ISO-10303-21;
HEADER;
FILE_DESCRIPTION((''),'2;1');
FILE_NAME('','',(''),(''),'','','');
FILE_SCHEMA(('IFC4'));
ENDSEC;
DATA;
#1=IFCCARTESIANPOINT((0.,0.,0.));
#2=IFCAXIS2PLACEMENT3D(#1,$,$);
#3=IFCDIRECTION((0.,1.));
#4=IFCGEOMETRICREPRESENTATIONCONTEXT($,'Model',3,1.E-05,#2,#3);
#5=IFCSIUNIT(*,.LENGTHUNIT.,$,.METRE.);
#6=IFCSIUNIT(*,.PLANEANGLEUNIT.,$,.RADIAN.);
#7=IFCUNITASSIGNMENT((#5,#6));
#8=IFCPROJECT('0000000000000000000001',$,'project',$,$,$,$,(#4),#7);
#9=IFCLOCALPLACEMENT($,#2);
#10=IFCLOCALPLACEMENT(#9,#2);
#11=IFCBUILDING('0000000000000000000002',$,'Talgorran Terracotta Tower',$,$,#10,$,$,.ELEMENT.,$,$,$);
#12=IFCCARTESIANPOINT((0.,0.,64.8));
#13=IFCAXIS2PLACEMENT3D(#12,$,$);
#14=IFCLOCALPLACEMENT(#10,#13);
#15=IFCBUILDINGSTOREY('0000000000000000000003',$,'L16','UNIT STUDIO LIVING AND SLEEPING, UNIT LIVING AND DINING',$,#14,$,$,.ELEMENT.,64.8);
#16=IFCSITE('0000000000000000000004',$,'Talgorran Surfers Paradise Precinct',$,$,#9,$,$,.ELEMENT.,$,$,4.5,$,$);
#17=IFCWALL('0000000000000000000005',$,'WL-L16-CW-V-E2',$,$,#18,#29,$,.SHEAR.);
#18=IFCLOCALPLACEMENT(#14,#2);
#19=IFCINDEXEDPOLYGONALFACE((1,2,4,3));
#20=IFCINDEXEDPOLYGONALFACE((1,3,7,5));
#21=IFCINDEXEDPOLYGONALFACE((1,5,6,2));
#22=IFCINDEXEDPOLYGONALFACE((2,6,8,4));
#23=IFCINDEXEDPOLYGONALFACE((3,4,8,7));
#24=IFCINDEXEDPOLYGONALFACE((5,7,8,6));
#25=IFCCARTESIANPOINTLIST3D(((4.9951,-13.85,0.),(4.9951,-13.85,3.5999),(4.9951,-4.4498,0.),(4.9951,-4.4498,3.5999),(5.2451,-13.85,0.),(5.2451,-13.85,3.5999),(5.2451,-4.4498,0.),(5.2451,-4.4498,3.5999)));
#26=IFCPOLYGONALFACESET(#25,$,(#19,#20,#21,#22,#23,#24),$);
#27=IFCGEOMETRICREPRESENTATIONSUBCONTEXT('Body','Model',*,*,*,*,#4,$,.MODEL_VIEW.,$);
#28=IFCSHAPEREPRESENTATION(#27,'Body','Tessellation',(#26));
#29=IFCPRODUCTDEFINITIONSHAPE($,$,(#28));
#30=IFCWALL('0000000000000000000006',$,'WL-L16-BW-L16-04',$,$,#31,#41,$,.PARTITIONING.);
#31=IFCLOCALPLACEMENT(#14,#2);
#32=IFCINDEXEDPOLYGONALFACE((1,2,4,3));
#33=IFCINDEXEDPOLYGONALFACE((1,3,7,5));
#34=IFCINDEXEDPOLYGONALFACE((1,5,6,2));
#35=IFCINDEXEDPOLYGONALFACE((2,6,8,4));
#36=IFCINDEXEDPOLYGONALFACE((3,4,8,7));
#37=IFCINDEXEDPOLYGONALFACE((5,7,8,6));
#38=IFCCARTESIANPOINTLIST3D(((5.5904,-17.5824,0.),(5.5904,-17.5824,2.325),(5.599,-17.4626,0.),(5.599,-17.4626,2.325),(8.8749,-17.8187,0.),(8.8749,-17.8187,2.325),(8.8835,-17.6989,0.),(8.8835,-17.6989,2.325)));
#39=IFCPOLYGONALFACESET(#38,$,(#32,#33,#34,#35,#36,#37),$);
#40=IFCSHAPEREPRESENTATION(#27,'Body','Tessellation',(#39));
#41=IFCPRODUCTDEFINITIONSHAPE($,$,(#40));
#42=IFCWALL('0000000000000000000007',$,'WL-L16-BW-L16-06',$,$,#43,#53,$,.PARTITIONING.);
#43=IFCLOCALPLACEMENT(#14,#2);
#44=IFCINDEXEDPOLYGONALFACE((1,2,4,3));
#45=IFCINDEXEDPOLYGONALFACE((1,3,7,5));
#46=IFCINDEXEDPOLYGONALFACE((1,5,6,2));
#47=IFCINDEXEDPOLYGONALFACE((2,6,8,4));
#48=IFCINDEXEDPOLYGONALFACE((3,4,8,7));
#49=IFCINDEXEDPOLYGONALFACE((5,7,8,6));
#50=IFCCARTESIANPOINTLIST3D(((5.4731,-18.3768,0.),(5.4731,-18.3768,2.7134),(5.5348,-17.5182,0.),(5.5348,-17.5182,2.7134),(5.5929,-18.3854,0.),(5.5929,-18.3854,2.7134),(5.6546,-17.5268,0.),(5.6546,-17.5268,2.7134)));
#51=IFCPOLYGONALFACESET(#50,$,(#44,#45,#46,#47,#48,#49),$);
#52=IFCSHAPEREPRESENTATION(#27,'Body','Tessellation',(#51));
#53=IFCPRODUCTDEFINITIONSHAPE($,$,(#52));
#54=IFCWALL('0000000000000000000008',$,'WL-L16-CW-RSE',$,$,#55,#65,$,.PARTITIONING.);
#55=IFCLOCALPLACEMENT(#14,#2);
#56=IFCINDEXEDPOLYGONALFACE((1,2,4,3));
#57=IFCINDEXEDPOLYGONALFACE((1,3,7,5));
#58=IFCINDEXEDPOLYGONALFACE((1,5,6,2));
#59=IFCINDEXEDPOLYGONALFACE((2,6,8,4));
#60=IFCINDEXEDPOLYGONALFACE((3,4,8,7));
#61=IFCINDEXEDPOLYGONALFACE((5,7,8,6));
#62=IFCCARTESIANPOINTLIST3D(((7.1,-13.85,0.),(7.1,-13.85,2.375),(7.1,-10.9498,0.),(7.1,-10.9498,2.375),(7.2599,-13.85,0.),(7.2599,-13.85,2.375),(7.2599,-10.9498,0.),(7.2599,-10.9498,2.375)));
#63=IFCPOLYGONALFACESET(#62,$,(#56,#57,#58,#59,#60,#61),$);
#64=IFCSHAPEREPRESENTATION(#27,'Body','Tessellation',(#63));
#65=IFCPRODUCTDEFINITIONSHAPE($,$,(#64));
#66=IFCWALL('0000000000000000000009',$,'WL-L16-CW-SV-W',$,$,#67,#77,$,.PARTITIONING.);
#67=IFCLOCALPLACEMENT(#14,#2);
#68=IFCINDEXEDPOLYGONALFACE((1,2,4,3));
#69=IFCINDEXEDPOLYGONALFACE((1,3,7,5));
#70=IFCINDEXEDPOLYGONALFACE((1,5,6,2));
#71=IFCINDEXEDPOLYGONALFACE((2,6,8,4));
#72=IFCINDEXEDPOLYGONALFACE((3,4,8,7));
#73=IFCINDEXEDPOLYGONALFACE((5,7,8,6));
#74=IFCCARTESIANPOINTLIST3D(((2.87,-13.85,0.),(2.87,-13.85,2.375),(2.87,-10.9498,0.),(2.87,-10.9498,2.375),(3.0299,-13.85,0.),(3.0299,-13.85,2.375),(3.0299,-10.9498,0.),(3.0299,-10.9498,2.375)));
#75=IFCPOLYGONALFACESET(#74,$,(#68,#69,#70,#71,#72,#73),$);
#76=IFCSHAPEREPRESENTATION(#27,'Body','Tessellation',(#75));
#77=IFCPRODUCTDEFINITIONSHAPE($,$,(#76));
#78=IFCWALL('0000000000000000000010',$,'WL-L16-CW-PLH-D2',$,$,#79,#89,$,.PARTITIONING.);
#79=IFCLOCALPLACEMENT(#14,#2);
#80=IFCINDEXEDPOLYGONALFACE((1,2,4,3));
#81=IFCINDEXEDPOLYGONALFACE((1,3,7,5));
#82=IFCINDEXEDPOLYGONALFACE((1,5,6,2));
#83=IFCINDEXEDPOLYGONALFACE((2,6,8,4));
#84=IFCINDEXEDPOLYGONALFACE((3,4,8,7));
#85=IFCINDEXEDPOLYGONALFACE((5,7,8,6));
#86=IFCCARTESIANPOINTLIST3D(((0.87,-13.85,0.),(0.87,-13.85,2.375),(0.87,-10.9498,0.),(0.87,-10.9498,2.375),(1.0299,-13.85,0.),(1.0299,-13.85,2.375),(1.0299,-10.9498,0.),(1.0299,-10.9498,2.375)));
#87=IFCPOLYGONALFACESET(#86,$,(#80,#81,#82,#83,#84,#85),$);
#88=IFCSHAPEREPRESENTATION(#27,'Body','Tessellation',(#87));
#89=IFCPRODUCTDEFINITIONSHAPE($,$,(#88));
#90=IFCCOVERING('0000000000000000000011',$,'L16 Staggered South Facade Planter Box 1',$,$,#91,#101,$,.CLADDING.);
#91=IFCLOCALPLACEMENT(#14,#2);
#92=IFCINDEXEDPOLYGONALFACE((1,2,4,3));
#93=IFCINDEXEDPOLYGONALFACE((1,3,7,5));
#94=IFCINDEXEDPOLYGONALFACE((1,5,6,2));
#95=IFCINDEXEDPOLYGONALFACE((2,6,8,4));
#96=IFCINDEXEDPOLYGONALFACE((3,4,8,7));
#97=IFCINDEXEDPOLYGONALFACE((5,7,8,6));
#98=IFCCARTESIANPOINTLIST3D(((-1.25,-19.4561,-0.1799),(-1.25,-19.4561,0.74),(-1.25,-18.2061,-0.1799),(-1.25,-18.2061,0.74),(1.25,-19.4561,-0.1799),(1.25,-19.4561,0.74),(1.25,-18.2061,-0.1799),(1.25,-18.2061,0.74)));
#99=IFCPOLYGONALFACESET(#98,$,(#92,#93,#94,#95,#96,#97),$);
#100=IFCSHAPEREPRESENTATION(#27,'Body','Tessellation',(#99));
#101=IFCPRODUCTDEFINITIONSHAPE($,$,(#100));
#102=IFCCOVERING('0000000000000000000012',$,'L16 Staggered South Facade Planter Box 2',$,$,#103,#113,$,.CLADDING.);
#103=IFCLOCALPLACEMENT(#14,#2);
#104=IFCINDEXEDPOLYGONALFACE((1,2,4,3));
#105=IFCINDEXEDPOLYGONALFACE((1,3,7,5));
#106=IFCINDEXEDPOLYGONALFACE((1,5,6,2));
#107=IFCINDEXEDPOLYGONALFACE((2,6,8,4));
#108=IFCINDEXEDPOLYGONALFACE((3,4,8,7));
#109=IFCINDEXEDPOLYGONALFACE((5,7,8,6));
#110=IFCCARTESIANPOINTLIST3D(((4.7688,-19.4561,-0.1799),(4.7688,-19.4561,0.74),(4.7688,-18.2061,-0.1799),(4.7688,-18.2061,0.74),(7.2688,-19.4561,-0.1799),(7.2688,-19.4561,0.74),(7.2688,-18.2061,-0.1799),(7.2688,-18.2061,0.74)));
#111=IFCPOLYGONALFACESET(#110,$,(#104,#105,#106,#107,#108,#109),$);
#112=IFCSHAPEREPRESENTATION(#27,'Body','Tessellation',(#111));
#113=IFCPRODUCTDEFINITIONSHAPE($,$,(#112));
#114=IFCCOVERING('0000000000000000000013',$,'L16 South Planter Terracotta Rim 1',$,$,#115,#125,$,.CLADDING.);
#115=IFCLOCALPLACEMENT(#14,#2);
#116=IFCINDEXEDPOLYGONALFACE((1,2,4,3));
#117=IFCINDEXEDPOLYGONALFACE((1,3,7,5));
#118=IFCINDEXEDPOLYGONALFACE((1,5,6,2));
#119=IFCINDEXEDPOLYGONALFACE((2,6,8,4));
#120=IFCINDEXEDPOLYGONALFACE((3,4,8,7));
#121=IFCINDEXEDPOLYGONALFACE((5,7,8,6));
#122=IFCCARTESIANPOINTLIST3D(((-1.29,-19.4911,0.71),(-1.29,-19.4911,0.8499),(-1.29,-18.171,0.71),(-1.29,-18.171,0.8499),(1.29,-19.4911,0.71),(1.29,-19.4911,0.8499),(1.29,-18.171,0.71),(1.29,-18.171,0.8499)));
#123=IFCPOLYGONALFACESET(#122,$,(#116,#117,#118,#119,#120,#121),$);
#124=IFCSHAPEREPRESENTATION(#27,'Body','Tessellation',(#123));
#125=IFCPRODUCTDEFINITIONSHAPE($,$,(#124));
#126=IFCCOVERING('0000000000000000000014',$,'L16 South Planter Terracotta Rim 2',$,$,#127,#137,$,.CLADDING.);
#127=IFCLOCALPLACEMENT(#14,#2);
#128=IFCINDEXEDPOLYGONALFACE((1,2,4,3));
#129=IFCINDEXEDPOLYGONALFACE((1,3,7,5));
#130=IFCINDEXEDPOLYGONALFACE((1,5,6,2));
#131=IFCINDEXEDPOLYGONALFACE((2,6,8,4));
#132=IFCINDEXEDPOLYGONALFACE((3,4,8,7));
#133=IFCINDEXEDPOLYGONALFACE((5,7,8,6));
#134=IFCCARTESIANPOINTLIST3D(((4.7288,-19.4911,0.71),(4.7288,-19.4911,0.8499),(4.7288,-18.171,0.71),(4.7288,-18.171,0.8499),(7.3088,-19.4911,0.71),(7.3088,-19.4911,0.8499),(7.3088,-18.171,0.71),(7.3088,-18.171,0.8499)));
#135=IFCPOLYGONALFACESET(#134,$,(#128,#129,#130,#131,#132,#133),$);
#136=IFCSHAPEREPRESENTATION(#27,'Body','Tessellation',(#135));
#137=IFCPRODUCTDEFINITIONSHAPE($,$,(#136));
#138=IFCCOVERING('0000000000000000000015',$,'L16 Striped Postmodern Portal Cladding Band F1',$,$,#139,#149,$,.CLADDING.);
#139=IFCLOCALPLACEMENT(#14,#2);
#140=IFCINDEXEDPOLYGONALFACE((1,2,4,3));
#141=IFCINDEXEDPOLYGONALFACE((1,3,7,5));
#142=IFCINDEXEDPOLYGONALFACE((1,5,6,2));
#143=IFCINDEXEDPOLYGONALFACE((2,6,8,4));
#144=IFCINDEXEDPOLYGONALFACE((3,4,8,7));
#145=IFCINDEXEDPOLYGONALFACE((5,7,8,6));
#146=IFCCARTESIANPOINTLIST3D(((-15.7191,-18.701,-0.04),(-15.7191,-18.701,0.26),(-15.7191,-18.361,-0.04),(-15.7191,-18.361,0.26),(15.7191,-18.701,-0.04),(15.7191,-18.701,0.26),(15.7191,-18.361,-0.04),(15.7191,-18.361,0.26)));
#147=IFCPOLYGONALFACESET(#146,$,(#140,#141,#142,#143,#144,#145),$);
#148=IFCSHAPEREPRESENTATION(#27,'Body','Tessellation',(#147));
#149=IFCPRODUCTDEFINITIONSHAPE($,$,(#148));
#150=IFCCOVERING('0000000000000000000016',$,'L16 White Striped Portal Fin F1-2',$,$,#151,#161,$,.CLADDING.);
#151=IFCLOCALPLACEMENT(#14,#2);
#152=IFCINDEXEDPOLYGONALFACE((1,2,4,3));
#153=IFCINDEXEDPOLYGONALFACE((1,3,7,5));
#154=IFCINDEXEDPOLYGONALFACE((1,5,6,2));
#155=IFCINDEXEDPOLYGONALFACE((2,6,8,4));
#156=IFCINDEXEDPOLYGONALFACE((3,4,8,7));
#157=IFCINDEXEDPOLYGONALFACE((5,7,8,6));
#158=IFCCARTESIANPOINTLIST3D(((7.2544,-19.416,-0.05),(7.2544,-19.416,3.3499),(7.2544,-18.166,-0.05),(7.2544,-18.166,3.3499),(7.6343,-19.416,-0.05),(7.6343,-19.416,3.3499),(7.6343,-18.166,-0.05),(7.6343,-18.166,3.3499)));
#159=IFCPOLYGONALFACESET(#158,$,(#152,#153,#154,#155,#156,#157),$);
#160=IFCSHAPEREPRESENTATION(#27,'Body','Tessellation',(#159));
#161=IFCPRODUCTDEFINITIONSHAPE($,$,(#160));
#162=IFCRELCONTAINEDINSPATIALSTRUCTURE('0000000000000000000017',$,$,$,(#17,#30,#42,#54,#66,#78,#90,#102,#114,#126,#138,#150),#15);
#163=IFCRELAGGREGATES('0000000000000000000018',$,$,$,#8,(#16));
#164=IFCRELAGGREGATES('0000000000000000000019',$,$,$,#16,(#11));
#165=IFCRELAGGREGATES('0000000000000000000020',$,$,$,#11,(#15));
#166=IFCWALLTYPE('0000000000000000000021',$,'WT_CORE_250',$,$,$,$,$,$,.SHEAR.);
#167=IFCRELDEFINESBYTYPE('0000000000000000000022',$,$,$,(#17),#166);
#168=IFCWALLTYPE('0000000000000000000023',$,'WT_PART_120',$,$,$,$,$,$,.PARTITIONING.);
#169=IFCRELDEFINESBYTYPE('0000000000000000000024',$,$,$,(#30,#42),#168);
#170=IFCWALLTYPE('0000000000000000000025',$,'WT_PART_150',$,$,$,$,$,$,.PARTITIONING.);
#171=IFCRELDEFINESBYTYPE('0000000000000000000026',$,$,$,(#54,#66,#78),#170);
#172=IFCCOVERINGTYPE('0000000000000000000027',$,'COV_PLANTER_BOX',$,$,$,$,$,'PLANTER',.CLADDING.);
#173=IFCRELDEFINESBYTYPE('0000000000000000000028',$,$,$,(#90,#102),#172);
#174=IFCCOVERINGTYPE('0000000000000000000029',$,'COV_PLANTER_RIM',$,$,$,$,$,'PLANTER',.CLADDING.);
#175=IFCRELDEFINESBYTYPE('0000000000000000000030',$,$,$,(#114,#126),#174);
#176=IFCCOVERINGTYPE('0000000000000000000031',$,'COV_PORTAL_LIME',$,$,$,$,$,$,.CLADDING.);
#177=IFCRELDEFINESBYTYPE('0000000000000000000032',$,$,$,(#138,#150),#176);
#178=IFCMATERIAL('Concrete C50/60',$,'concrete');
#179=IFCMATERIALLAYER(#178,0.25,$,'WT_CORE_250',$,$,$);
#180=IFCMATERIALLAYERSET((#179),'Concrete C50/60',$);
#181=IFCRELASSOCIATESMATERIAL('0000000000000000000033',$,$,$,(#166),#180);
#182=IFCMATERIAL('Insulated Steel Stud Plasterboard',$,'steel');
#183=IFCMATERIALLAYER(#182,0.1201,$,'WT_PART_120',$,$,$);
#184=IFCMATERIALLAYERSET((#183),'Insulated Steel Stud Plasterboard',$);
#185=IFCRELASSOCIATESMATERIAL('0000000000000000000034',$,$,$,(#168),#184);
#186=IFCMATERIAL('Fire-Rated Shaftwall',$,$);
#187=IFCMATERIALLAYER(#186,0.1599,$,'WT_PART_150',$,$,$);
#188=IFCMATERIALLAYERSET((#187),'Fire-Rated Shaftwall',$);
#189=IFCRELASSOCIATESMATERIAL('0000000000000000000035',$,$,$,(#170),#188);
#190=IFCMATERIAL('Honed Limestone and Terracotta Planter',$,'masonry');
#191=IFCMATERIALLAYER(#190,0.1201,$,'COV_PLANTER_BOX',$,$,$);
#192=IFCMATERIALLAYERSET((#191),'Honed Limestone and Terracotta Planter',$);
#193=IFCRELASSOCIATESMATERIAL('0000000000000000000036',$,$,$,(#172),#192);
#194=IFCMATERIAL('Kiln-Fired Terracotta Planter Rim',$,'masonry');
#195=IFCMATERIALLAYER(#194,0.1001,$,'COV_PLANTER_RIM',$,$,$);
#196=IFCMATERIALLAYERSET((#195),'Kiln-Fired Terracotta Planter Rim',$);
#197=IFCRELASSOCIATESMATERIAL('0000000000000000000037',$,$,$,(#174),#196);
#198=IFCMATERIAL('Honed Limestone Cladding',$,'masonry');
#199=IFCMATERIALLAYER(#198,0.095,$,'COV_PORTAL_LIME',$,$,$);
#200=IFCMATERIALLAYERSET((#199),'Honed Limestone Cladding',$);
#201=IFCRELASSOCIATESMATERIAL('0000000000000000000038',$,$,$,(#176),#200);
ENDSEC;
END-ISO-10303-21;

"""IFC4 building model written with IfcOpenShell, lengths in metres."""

from ifc_helpers import new_model, si_unit, direction, frame, frame_2d, origin, origin_2d, place, context, subcontext, project, spatial, rectangle, extrude, material, layer, layer_set, type_object, element, save


model = new_model("IFC4")

# Units and contexts
model_context = context("Model", 3, precision=1e-05, world=origin(), true_north=direction((0.0, 1.0)))
body_context = subcontext(model_context, "Body", "Model", "MODEL_VIEW")
ifc_project = project(units=[si_unit("LENGTHUNIT", "METRE"), si_unit("PLANEANGLEUNIT", "RADIAN")], contexts=[model_context])

# Site, building, storey
site_placement = place(None, origin())
site = spatial("IfcSite", under=ifc_project, at=site_placement, Name="Talgorran Surfers Paradise Precinct", CompositionType="ELEMENT", RefElevation=4.5)
building_placement = place(site_placement, origin())
building = spatial("IfcBuilding", under=site, at=building_placement, Name="Talgorran Terracotta Tower", CompositionType="ELEMENT")
storey_placement = place(building_placement, frame((0.0, 0.0, 64.8)))
storey = spatial("IfcBuildingStorey", under=building, at=storey_placement, Name="L16", Description="UNIT STUDIO LIVING AND SLEEPING, UNIT LIVING AND DINING", CompositionType="ELEMENT", Elevation=64.8)

# Shared definitions
ifc_material_1 = material(Name="Concrete C50/60", Category="concrete")

# Walls
ifc_layer_1 = layer(ifc_material_1, 0.25, Name="WT_CORE_250")
ifc_layer_set_1 = layer_set([ifc_layer_1], Name="Concrete C50/60")
wall_type_1 = type_object("IfcWallType", Name="WT_CORE_250", PredefinedType="SHEAR", material=ifc_layer_set_1)
wall_1_placement = place(storey_placement, frame((5.1201, -13.8501, 0.0), z_axis=(0.0, 0.0, 1.0), x_axis=(0.0, 1.0, 0.0)))
element("IfcWall", 1, at=wall_1_placement, inside=storey, type_object=wall_type_1, Name="WL-L16-CW-V-E2", PredefinedType="SHEAR", context=body_context, shape_type="SweptSolid", body=[
    extrude(rectangle(XDim=9.4001, YDim=0.25, at=frame_2d((4.7002, 0.0))), origin(), (0.0, 0.0, 1.0), 3.5999),
])
ifc_material_2 = material(Name="Insulated Steel Stud Plasterboard", Category="steel")
ifc_layer_2 = layer(ifc_material_2, 0.1201, Name="WT_PART_120")
ifc_layer_set_2 = layer_set([ifc_layer_2], Name="Insulated Steel Stud Plasterboard")
wall_type_2 = type_object("IfcWallType", Name="WT_PART_120", PredefinedType="PARTITIONING", material=ifc_layer_set_2)
wall_2_placement = place(storey_placement, frame((5.5947, -17.5225, 0.0), z_axis=(0.0, 0.0, 1.0), x_axis=(0.997421, -0.071769, 0.0)))
element("IfcWall", 2, at=wall_2_placement, inside=storey, type_object=wall_type_2, Name="WL-L16-BW-L16-04", PredefinedType="PARTITIONING", context=body_context, shape_type="SweptSolid", body=[
    extrude(rectangle(XDim=3.293, YDim=0.1201, at=frame_2d((1.6465, 0.0))), origin(), (0.0, 0.0, 1.0), 2.325),
])
wall_3_placement = place(storey_placement, frame((5.533, -18.3811, 0.0), z_axis=(0.0, 0.0, 1.0), x_axis=(0.071751, 0.997423, 0.0)))
element("IfcWall", 3, at=wall_3_placement, inside=storey, type_object=wall_type_2, Name="WL-L16-BW-L16-06", PredefinedType="PARTITIONING", context=body_context, shape_type="SweptSolid", body=[
    extrude(rectangle(XDim=0.8608, YDim=0.1201, at=frame_2d((0.4304, 0.0))), origin(), (0.0, 0.0, 1.0), 2.7134),
])
ifc_material_3 = material(Name="Fire-Rated Shaftwall")
ifc_layer_3 = layer(ifc_material_3, 0.1599, Name="WT_PART_150")
ifc_layer_set_3 = layer_set([ifc_layer_3], Name="Fire-Rated Shaftwall")
wall_type_3 = type_object("IfcWallType", Name="WT_PART_150", PredefinedType="PARTITIONING", material=ifc_layer_set_3)
for number, where, z_axis, x_axis, name in (
    (4, (7.1799, -13.8501, 0.0), (0.0, 0.0, 1.0), (0.0, 1.0, 0.0), "WL-L16-CW-RSE"),
    (5, (2.95, -13.8501, 0.0), (0.0, 0.0, 1.0), (0.0, 1.0, 0.0), "WL-L16-CW-SV-W"),
    (6, (0.95, -13.8501, 0.0), (0.0, 0.0, 1.0), (0.0, 1.0, 0.0), "WL-L16-CW-PLH-D2"),
):
    element("IfcWall", number, at=place(storey_placement, frame(where, z_axis=z_axis, x_axis=x_axis)), inside=storey, type_object=wall_type_3, Name=name, PredefinedType="PARTITIONING", context=body_context, shape_type="SweptSolid", body=[
        extrude(rectangle(XDim=2.9001, YDim=0.1599, at=frame_2d((1.4502, 0.0))), origin(), (0.0, 0.0, 1.0), 2.375),
    ])

# Coverings
ifc_material_4 = material(Name="Honed Limestone and Terracotta Planter", Category="masonry")
ifc_layer_4 = layer(ifc_material_4, 0.1201, Name="COV_PLANTER_BOX")
ifc_layer_set_4 = layer_set([ifc_layer_4], Name="Honed Limestone and Terracotta Planter")
covering_type_1 = type_object("IfcCoveringType", Name="COV_PLANTER_BOX", ElementType="PLANTER", PredefinedType="CLADDING", material=ifc_layer_set_4)
for number, where, z_axis, x_axis, name in (
    (7, (0.0, -18.8311, -0.1799), (0.0, 0.0, 1.0), (1.0, 0.0, 0.0), "L16 Staggered South Facade Planter Box 1"),
    (8, (6.0188, -18.8311, -0.1799), (0.0, 0.0, 1.0), (1.0, 0.0, 0.0), "L16 Staggered South Facade Planter Box 2"),
):
    element("IfcCovering", number, at=place(storey_placement, frame(where, z_axis=z_axis, x_axis=x_axis)), inside=storey, type_object=covering_type_1, Name=name, PredefinedType="CLADDING", context=body_context, shape_type="SweptSolid", body=[
        extrude(rectangle(XDim=2.5, YDim=1.25, at=origin_2d()), origin(), (0.0, 0.0, 1.0), 0.9199),
    ])
ifc_material_5 = material(Name="Kiln-Fired Terracotta Planter Rim", Category="masonry")
ifc_layer_5 = layer(ifc_material_5, 0.1001, Name="COV_PLANTER_RIM")
ifc_layer_set_5 = layer_set([ifc_layer_5], Name="Kiln-Fired Terracotta Planter Rim")
covering_type_2 = type_object("IfcCoveringType", Name="COV_PLANTER_RIM", ElementType="PLANTER", PredefinedType="CLADDING", material=ifc_layer_set_5)
for number, where, z_axis, x_axis, name in (
    (9, (0.0, -18.8311, 0.71), (0.0, 0.0, 1.0), (1.0, 0.0, 0.0), "L16 South Planter Terracotta Rim 1"),
    (10, (6.0188, -18.8311, 0.71), (0.0, 0.0, 1.0), (1.0, 0.0, 0.0), "L16 South Planter Terracotta Rim 2"),
):
    element("IfcCovering", number, at=place(storey_placement, frame(where, z_axis=z_axis, x_axis=x_axis)), inside=storey, type_object=covering_type_2, Name=name, PredefinedType="CLADDING", context=body_context, shape_type="SweptSolid", body=[
        extrude(rectangle(XDim=2.5801, YDim=1.3201, at=origin_2d()), origin(), (0.0, 0.0, 1.0), 0.1399),
    ])
ifc_material_6 = material(Name="Honed Limestone Cladding", Category="masonry")
ifc_layer_6 = layer(ifc_material_6, 0.095, Name="COV_PORTAL_LIME")
ifc_layer_set_6 = layer_set([ifc_layer_6], Name="Honed Limestone Cladding")
covering_type_3 = type_object("IfcCoveringType", Name="COV_PORTAL_LIME", PredefinedType="CLADDING", material=ifc_layer_set_6)
covering_1_placement = place(storey_placement, frame((0.0, -18.531, -0.04), z_axis=(0.0, 0.0, 1.0), x_axis=(1.0, 0.0, 0.0)))
element("IfcCovering", 11, at=covering_1_placement, inside=storey, type_object=covering_type_3, Name="L16 Striped Postmodern Portal Cladding Band F1", PredefinedType="CLADDING", context=body_context, shape_type="SweptSolid", body=[
    extrude(rectangle(XDim=31.4382, YDim=0.3401, at=origin_2d()), origin(), (0.0, 0.0, 1.0), 0.3),
])
covering_2_placement = place(storey_placement, frame((7.4443, -18.791, -0.05), z_axis=(0.0, 0.0, 1.0), x_axis=(1.0, 0.0, 0.0)))
element("IfcCovering", 12, at=covering_2_placement, inside=storey, type_object=covering_type_3, Name="L16 White Striped Portal Fin F1-2", PredefinedType="CLADDING", context=body_context, shape_type="SweptSolid", body=[
    extrude(rectangle(XDim=0.3799, YDim=1.25, at=origin_2d()), origin(), (0.0, 0.0, 1.0), 3.3999),
])

save(model, "model.ifc")
